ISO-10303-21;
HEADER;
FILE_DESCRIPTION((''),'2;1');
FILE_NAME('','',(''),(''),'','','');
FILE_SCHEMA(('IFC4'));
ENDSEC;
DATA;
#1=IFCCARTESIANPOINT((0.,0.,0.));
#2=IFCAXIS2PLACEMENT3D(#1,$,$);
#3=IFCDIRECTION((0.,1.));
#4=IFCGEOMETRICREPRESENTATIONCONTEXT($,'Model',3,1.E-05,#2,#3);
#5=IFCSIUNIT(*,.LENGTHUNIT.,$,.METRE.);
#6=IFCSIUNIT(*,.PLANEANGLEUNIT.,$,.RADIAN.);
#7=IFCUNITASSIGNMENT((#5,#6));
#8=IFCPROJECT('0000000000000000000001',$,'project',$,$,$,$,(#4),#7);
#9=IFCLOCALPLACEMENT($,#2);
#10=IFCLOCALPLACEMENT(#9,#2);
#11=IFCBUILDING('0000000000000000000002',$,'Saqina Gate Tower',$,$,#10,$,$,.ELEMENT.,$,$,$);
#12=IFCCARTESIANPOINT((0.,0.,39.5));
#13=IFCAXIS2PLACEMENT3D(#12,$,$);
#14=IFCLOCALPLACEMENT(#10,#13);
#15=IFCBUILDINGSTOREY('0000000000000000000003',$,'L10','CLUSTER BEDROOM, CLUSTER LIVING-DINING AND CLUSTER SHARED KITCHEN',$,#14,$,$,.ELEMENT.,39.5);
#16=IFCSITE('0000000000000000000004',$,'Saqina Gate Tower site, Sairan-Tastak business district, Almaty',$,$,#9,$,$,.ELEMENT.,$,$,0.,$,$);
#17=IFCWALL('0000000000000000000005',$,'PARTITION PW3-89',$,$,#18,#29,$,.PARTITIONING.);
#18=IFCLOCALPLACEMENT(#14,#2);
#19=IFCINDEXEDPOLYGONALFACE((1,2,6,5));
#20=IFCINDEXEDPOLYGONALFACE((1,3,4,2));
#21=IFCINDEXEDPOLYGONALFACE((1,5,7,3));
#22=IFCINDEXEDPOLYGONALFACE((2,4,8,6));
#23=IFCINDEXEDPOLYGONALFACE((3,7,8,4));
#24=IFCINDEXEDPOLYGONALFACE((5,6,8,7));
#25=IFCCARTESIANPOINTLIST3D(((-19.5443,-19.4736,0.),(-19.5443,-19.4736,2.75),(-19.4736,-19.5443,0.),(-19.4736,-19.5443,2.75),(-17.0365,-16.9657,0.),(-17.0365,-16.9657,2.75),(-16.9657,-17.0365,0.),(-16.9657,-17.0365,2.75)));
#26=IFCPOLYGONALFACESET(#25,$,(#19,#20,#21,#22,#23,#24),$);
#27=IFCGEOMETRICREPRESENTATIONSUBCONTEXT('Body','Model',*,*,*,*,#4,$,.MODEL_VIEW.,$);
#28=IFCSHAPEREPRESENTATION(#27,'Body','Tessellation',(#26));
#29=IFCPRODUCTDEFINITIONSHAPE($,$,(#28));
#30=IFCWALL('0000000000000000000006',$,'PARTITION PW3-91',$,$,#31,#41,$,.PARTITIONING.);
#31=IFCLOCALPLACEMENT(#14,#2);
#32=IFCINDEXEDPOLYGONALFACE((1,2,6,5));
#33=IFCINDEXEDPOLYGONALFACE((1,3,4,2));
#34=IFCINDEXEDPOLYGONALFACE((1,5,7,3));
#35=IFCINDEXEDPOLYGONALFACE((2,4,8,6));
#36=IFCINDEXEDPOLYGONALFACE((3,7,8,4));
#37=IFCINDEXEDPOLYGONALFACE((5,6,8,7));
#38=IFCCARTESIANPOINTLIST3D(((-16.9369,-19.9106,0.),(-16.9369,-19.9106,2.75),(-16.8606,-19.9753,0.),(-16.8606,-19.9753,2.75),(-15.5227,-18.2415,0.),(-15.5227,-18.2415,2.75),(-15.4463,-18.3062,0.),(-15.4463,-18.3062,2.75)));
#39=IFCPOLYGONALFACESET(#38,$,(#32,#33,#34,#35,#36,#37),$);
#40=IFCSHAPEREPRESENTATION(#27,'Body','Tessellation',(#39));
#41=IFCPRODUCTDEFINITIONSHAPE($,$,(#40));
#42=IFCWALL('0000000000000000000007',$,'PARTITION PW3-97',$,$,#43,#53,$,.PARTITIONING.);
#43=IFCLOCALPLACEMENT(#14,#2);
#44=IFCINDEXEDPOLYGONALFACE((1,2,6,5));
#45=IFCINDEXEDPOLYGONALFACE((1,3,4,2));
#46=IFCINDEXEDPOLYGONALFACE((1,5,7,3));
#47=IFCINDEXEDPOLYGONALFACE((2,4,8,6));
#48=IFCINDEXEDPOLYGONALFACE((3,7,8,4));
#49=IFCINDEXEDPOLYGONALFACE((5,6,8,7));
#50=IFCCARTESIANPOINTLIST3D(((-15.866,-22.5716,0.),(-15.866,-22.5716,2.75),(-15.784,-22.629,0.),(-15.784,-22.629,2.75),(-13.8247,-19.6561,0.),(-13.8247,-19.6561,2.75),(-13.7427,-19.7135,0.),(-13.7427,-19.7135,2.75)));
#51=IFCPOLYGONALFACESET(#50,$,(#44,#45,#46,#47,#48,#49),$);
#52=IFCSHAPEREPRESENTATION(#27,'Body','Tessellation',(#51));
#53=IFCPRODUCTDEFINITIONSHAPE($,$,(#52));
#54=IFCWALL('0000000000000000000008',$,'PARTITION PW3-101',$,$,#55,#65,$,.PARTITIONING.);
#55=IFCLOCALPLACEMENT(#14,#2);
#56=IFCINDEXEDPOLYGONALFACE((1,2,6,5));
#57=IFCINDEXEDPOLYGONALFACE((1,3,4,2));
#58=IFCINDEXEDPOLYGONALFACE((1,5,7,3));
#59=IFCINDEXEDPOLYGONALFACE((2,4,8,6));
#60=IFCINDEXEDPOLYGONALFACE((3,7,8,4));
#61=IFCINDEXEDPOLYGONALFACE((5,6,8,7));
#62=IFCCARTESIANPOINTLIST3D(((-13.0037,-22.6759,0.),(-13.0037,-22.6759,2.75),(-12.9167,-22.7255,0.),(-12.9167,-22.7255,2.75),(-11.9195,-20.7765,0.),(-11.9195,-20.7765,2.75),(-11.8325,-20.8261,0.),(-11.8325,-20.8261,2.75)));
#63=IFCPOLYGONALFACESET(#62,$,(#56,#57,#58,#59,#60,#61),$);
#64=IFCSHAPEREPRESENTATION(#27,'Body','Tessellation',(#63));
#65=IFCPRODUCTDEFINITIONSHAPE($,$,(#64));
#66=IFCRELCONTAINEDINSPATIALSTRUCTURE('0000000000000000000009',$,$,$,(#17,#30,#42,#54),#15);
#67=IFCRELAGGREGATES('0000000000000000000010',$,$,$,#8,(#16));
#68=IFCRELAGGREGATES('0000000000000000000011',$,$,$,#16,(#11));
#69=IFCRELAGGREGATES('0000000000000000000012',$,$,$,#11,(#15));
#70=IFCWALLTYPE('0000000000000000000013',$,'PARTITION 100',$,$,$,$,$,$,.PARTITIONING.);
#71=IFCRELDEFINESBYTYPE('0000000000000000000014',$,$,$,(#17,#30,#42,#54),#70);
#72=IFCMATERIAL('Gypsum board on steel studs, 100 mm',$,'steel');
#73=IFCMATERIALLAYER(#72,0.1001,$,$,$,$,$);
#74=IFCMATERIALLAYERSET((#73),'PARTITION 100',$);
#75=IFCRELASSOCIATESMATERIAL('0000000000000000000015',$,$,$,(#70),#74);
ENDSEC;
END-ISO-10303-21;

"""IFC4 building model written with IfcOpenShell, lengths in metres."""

from ifc_helpers import new_model, si_unit, direction, frame, frame_2d, origin, place, context, subcontext, project, spatial, rectangle, extrude, material, layer, layer_set, type_object, element, save


model = new_model("IFC4")

# Units and contexts
model_context = context("Model", 3, precision=1e-05, world=origin(), true_north=direction((0.0, 1.0)))
body_context = subcontext(model_context, "Body", "Model", "MODEL_VIEW")
ifc_project = project(units=[si_unit("LENGTHUNIT", "METRE"), si_unit("PLANEANGLEUNIT", "RADIAN")], contexts=[model_context])

# Site, building, storey
site_placement = place(None, origin())
site = spatial("IfcSite", under=ifc_project, at=site_placement, Name="Saqina Gate Tower site, Sairan-Tastak business district, Almaty", CompositionType="ELEMENT", RefElevation=0.0)
building_placement = place(site_placement, origin())
building = spatial("IfcBuilding", under=site, at=building_placement, Name="Saqina Gate Tower", CompositionType="ELEMENT")
storey_placement = place(building_placement, frame((0.0, 0.0, 39.5)))
storey = spatial("IfcBuildingStorey", under=building, at=storey_placement, Name="L10", Description="CLUSTER BEDROOM, CLUSTER LIVING-DINING AND CLUSTER SHARED KITCHEN", CompositionType="ELEMENT", Elevation=39.5)

# Shared definitions
ifc_material_1 = material(Name="Gypsum board on steel studs, 100 mm", Category="steel")
ifc_layer_1 = layer(ifc_material_1, 0.1001)
ifc_layer_set_1 = layer_set([ifc_layer_1], Name="PARTITION 100")
wall_type_1 = type_object("IfcWallType", Name="PARTITION 100", PredefinedType="PARTITIONING", material=ifc_layer_set_1)

# Walls
wall_1_placement = place(storey_placement, frame((-19.509, -19.509, 0.0), z_axis=(0.0, 0.0, 1.0), x_axis=(0.707107, 0.707107, 0.0)))
element("IfcWall", 1, at=wall_1_placement, inside=storey, type_object=wall_type_1, Name="PARTITION PW3-89", PredefinedType="PARTITIONING", context=body_context, shape_type="SweptSolid", body=[
    extrude(rectangle(XDim=3.5466, YDim=0.1001, at=frame_2d((1.7734, 0.0))), origin(), (0.0, 0.0, 1.0), 2.75),
])
wall_2_placement = place(storey_placement, frame((-16.8987, -19.9429, 0.0), z_axis=(0.0, 0.0, 1.0), x_axis=(0.646452, 0.762954, 0.0)))
element("IfcWall", 2, at=wall_2_placement, inside=storey, type_object=wall_type_1, Name="PARTITION PW3-91", PredefinedType="PARTITIONING", context=body_context, shape_type="SweptSolid", body=[
    extrude(rectangle(XDim=2.1877, YDim=0.1001, at=frame_2d((1.0938, 0.0))), origin(), (0.0, 0.0, 1.0), 2.75),
])
wall_3_placement = place(storey_placement, frame((-15.825, -22.6003, 0.0), z_axis=(0.0, 0.0, 1.0), x_axis=(0.573536, 0.81918, 0.0)))
element("IfcWall", 3, at=wall_3_placement, inside=storey, type_object=wall_type_1, Name="PARTITION PW3-97", PredefinedType="PARTITIONING", context=body_context, shape_type="SweptSolid", body=[
    extrude(rectangle(XDim=3.5591, YDim=0.1001, at=frame_2d((1.7795, 0.0))), origin(), (0.0, 0.0, 1.0), 2.75),
])
wall_4_placement = place(storey_placement, frame((-12.9602, -22.7007, 0.0), z_axis=(0.0, 0.0, 1.0), x_axis=(0.495742, 0.86847, 0.0)))
element("IfcWall", 4, at=wall_4_placement, inside=storey, type_object=wall_type_1, Name="PARTITION PW3-101", PredefinedType="PARTITIONING", context=body_context, shape_type="SweptSolid", body=[
    extrude(rectangle(XDim=2.187, YDim=0.1001, at=frame_2d((1.0935, 0.0))), origin(), (0.0, 0.0, 1.0), 2.75),
])

save(model, "model.ifc")
